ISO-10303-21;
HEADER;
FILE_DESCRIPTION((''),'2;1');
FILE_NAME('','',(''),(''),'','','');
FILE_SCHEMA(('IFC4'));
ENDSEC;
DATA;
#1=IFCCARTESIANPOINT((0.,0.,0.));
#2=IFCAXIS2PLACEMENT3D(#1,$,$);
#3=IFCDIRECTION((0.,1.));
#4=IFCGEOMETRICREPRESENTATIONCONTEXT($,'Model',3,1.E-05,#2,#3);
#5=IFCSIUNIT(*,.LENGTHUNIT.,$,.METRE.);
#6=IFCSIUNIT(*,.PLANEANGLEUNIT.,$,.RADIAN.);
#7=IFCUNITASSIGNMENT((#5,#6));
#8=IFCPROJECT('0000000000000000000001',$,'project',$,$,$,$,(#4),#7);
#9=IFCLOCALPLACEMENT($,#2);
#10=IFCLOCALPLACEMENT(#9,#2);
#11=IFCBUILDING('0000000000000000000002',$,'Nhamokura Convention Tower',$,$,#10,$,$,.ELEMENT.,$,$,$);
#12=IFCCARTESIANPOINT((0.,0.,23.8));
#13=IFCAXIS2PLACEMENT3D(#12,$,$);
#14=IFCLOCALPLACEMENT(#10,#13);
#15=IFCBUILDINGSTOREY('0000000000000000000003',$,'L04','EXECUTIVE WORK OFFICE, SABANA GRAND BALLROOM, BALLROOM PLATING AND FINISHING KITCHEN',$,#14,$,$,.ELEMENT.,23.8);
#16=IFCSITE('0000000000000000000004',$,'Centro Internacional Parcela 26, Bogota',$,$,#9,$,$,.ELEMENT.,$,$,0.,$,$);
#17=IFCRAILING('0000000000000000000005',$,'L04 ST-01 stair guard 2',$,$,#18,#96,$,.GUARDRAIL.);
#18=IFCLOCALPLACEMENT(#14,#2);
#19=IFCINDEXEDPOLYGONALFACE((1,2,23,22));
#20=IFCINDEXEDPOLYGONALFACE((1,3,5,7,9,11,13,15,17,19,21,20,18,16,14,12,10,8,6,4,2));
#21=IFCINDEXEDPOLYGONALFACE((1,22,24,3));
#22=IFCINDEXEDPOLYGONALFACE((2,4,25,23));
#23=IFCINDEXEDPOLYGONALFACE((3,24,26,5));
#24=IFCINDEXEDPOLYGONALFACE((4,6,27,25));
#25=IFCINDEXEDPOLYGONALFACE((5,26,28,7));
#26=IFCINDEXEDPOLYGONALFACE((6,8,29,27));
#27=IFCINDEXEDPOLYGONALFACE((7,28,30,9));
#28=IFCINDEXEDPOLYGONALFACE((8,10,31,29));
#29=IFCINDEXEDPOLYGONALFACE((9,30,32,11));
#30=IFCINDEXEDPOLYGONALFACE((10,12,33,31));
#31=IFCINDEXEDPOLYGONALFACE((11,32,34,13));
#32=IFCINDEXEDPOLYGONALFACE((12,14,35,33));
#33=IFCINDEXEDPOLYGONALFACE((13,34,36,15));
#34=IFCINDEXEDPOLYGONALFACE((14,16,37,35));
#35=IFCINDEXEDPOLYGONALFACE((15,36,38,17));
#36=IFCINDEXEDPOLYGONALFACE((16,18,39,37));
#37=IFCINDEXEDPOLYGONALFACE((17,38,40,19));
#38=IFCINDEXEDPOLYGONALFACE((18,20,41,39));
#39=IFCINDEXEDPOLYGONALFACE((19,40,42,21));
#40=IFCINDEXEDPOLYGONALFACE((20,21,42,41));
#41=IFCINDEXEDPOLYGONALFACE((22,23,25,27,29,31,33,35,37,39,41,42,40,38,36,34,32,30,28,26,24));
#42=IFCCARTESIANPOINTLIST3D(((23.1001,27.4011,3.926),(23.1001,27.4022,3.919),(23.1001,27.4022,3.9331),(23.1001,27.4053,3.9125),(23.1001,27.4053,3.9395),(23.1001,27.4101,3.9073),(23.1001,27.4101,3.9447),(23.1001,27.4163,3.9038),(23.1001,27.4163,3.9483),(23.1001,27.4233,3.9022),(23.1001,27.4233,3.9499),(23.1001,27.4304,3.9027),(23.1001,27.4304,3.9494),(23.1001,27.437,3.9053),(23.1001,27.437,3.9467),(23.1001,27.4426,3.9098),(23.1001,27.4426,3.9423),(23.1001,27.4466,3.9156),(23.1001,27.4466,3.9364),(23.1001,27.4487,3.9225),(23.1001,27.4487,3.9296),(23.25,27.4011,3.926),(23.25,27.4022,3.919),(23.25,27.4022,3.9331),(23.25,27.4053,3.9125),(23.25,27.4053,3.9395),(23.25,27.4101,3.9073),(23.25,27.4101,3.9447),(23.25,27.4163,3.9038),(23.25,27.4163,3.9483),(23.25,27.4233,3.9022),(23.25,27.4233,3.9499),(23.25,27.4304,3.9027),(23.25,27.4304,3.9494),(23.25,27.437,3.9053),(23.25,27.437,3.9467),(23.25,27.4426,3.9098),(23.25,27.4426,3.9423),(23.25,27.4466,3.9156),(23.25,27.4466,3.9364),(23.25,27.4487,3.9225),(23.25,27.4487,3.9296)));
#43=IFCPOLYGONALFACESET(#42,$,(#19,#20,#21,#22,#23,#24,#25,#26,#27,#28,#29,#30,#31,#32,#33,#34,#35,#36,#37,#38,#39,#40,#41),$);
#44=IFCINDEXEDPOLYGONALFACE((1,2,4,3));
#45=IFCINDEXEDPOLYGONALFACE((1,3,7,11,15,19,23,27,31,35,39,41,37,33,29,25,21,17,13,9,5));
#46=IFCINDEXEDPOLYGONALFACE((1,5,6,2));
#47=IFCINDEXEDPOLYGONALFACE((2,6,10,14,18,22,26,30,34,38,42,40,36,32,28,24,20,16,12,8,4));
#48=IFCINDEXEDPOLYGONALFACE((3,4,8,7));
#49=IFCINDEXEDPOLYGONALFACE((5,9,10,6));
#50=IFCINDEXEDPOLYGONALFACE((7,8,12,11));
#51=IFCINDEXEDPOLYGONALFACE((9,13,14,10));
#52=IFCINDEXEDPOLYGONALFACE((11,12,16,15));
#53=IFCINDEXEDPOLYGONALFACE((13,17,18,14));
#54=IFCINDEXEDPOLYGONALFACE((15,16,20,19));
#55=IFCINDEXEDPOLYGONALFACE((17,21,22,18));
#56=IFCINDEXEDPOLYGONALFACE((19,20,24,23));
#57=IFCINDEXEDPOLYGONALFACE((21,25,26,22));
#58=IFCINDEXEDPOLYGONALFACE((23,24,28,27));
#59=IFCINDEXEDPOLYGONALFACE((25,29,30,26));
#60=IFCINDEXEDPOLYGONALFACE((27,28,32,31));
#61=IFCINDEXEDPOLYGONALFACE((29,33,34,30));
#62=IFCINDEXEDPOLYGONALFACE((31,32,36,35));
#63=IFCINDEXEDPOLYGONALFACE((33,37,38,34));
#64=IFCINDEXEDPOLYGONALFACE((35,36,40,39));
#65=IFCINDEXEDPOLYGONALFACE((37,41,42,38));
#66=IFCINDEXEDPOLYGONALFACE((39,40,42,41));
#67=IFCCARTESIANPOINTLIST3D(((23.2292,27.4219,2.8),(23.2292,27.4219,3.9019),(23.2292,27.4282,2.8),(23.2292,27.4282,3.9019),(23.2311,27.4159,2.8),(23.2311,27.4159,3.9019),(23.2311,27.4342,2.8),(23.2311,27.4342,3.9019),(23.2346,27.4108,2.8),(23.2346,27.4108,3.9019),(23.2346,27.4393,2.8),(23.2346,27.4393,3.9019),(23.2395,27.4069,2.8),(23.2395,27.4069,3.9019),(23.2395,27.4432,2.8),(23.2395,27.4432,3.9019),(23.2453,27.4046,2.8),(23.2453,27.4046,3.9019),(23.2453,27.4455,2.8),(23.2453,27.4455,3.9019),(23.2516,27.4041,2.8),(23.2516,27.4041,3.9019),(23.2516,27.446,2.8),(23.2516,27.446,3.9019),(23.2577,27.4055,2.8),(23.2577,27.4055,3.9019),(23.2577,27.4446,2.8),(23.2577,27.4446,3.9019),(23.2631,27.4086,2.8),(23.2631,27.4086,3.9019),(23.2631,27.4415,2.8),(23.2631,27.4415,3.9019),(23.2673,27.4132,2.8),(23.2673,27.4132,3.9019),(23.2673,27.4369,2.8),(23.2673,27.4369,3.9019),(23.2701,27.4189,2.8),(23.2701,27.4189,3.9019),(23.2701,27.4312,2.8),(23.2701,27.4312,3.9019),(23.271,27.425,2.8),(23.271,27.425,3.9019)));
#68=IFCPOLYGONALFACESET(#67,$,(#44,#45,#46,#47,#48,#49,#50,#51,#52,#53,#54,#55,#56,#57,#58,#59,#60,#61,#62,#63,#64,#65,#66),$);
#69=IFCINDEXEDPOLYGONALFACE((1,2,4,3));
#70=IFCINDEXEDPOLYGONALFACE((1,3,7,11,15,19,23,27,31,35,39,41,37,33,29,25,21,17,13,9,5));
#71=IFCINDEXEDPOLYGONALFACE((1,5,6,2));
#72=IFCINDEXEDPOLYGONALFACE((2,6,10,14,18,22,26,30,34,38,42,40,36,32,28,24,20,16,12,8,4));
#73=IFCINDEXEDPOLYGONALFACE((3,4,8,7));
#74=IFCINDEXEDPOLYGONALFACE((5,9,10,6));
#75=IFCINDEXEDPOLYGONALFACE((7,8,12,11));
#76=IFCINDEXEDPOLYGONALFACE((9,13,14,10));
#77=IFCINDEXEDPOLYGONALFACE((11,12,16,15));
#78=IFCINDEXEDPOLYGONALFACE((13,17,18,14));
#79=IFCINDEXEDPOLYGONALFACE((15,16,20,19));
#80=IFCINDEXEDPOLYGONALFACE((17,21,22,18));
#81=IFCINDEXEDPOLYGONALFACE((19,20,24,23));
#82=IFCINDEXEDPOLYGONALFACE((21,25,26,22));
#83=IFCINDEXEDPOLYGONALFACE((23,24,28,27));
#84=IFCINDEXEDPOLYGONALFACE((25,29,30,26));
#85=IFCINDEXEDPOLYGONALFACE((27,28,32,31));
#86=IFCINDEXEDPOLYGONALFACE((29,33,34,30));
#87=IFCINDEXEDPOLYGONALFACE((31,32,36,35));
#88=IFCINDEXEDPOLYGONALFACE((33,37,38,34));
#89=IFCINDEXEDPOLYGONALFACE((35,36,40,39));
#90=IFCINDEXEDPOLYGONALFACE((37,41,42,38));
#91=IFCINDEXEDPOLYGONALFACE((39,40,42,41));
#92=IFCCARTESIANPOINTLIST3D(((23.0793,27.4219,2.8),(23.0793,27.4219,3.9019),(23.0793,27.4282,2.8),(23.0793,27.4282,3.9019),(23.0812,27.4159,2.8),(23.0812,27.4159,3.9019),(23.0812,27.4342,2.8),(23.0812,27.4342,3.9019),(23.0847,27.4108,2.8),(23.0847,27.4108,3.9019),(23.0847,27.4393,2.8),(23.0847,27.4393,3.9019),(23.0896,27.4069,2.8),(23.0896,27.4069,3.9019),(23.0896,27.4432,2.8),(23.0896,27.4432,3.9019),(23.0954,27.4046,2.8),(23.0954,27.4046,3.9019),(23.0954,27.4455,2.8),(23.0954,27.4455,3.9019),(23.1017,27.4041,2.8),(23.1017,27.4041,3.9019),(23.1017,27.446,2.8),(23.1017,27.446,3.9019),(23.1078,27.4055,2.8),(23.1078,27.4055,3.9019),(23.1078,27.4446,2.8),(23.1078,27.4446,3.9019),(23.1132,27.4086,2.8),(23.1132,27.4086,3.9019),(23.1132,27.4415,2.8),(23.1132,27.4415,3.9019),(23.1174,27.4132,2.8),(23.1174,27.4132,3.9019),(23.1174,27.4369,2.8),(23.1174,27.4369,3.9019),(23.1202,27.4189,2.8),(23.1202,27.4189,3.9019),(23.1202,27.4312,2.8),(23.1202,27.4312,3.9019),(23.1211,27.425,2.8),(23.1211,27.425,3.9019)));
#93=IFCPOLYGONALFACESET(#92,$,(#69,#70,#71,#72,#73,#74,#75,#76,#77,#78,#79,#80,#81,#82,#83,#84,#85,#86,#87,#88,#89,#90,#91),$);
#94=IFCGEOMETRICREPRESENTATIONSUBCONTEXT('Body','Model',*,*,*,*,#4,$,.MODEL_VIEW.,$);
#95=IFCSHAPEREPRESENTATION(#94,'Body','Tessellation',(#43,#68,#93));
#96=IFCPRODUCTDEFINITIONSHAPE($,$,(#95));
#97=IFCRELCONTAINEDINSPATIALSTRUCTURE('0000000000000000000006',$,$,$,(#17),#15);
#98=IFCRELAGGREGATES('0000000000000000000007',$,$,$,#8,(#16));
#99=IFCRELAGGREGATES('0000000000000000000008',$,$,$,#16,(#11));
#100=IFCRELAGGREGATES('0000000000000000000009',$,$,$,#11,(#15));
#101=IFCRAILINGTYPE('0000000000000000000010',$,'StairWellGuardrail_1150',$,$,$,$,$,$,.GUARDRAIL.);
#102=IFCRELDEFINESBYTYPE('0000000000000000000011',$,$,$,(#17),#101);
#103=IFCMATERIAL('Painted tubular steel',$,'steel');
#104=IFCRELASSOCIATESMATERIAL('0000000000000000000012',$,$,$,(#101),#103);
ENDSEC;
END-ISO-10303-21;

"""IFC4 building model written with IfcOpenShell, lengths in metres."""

from ifc_helpers import new_model, si_unit, direction, frame, origin, origin_2d, place, context, subcontext, project, spatial, circle, extrude, material, type_object, element, save


model = new_model("IFC4")

# Units and contexts
model_context = context("Model", 3, precision=1e-05, world=origin(), true_north=direction((0.0, 1.0)))
body_context = subcontext(model_context, "Body", "Model", "MODEL_VIEW")
ifc_project = project(units=[si_unit("LENGTHUNIT", "METRE"), si_unit("PLANEANGLEUNIT", "RADIAN")], contexts=[model_context])

# Site, building, storey
site_placement = place(None, origin())
site = spatial("IfcSite", under=ifc_project, at=site_placement, Name="Centro Internacional Parcela 26, Bogota", CompositionType="ELEMENT", RefElevation=0.0)
building_placement = place(site_placement, origin())
building = spatial("IfcBuilding", under=site, at=building_placement, Name="Nhamokura Convention Tower", CompositionType="ELEMENT")
storey_placement = place(building_placement, frame((0.0, 0.0, 23.8)))
storey = spatial("IfcBuildingStorey", under=building, at=storey_placement, Name="L04", Description="EXECUTIVE WORK OFFICE, SABANA GRAND BALLROOM, BALLROOM PLATING AND FINISHING KITCHEN", CompositionType="ELEMENT", Elevation=23.8)

# Railing
ifc_material_1 = material(Name="Painted tubular steel", Category="steel")
railing_type_1 = type_object("IfcRailingType", Name="StairWellGuardrail_1150", PredefinedType="GUARDRAIL", material=ifc_material_1)
railing_1_placement = place(storey_placement, frame((23.25, 27.425, 2.8)))
element("IfcRailing", 1, at=railing_1_placement, inside=storey, type_object=railing_type_1, Name="L04 ST-01 stair guard 2", PredefinedType="GUARDRAIL", context=body_context, shape_type="SweptSolid", body=[
    extrude(circle(Radius=0.0239, at=origin_2d()), frame((0.0, 0.0, 1.126), z_axis=(-1.0, 0.0, 0.0), x_axis=(0.0, -1.0, 0.0)), (0.0, 0.0, 1.0), 0.1499),
    extrude(circle(Radius=0.021, at=origin_2d()), origin(), (0.0, 0.0, 1.0), 1.1018),
    extrude(circle(Radius=0.021, at=origin_2d()), frame((-0.1499, 0.0, 0.0)), (0.0, 0.0, 1.0), 1.1018),
])

save(model, "model.ifc")
